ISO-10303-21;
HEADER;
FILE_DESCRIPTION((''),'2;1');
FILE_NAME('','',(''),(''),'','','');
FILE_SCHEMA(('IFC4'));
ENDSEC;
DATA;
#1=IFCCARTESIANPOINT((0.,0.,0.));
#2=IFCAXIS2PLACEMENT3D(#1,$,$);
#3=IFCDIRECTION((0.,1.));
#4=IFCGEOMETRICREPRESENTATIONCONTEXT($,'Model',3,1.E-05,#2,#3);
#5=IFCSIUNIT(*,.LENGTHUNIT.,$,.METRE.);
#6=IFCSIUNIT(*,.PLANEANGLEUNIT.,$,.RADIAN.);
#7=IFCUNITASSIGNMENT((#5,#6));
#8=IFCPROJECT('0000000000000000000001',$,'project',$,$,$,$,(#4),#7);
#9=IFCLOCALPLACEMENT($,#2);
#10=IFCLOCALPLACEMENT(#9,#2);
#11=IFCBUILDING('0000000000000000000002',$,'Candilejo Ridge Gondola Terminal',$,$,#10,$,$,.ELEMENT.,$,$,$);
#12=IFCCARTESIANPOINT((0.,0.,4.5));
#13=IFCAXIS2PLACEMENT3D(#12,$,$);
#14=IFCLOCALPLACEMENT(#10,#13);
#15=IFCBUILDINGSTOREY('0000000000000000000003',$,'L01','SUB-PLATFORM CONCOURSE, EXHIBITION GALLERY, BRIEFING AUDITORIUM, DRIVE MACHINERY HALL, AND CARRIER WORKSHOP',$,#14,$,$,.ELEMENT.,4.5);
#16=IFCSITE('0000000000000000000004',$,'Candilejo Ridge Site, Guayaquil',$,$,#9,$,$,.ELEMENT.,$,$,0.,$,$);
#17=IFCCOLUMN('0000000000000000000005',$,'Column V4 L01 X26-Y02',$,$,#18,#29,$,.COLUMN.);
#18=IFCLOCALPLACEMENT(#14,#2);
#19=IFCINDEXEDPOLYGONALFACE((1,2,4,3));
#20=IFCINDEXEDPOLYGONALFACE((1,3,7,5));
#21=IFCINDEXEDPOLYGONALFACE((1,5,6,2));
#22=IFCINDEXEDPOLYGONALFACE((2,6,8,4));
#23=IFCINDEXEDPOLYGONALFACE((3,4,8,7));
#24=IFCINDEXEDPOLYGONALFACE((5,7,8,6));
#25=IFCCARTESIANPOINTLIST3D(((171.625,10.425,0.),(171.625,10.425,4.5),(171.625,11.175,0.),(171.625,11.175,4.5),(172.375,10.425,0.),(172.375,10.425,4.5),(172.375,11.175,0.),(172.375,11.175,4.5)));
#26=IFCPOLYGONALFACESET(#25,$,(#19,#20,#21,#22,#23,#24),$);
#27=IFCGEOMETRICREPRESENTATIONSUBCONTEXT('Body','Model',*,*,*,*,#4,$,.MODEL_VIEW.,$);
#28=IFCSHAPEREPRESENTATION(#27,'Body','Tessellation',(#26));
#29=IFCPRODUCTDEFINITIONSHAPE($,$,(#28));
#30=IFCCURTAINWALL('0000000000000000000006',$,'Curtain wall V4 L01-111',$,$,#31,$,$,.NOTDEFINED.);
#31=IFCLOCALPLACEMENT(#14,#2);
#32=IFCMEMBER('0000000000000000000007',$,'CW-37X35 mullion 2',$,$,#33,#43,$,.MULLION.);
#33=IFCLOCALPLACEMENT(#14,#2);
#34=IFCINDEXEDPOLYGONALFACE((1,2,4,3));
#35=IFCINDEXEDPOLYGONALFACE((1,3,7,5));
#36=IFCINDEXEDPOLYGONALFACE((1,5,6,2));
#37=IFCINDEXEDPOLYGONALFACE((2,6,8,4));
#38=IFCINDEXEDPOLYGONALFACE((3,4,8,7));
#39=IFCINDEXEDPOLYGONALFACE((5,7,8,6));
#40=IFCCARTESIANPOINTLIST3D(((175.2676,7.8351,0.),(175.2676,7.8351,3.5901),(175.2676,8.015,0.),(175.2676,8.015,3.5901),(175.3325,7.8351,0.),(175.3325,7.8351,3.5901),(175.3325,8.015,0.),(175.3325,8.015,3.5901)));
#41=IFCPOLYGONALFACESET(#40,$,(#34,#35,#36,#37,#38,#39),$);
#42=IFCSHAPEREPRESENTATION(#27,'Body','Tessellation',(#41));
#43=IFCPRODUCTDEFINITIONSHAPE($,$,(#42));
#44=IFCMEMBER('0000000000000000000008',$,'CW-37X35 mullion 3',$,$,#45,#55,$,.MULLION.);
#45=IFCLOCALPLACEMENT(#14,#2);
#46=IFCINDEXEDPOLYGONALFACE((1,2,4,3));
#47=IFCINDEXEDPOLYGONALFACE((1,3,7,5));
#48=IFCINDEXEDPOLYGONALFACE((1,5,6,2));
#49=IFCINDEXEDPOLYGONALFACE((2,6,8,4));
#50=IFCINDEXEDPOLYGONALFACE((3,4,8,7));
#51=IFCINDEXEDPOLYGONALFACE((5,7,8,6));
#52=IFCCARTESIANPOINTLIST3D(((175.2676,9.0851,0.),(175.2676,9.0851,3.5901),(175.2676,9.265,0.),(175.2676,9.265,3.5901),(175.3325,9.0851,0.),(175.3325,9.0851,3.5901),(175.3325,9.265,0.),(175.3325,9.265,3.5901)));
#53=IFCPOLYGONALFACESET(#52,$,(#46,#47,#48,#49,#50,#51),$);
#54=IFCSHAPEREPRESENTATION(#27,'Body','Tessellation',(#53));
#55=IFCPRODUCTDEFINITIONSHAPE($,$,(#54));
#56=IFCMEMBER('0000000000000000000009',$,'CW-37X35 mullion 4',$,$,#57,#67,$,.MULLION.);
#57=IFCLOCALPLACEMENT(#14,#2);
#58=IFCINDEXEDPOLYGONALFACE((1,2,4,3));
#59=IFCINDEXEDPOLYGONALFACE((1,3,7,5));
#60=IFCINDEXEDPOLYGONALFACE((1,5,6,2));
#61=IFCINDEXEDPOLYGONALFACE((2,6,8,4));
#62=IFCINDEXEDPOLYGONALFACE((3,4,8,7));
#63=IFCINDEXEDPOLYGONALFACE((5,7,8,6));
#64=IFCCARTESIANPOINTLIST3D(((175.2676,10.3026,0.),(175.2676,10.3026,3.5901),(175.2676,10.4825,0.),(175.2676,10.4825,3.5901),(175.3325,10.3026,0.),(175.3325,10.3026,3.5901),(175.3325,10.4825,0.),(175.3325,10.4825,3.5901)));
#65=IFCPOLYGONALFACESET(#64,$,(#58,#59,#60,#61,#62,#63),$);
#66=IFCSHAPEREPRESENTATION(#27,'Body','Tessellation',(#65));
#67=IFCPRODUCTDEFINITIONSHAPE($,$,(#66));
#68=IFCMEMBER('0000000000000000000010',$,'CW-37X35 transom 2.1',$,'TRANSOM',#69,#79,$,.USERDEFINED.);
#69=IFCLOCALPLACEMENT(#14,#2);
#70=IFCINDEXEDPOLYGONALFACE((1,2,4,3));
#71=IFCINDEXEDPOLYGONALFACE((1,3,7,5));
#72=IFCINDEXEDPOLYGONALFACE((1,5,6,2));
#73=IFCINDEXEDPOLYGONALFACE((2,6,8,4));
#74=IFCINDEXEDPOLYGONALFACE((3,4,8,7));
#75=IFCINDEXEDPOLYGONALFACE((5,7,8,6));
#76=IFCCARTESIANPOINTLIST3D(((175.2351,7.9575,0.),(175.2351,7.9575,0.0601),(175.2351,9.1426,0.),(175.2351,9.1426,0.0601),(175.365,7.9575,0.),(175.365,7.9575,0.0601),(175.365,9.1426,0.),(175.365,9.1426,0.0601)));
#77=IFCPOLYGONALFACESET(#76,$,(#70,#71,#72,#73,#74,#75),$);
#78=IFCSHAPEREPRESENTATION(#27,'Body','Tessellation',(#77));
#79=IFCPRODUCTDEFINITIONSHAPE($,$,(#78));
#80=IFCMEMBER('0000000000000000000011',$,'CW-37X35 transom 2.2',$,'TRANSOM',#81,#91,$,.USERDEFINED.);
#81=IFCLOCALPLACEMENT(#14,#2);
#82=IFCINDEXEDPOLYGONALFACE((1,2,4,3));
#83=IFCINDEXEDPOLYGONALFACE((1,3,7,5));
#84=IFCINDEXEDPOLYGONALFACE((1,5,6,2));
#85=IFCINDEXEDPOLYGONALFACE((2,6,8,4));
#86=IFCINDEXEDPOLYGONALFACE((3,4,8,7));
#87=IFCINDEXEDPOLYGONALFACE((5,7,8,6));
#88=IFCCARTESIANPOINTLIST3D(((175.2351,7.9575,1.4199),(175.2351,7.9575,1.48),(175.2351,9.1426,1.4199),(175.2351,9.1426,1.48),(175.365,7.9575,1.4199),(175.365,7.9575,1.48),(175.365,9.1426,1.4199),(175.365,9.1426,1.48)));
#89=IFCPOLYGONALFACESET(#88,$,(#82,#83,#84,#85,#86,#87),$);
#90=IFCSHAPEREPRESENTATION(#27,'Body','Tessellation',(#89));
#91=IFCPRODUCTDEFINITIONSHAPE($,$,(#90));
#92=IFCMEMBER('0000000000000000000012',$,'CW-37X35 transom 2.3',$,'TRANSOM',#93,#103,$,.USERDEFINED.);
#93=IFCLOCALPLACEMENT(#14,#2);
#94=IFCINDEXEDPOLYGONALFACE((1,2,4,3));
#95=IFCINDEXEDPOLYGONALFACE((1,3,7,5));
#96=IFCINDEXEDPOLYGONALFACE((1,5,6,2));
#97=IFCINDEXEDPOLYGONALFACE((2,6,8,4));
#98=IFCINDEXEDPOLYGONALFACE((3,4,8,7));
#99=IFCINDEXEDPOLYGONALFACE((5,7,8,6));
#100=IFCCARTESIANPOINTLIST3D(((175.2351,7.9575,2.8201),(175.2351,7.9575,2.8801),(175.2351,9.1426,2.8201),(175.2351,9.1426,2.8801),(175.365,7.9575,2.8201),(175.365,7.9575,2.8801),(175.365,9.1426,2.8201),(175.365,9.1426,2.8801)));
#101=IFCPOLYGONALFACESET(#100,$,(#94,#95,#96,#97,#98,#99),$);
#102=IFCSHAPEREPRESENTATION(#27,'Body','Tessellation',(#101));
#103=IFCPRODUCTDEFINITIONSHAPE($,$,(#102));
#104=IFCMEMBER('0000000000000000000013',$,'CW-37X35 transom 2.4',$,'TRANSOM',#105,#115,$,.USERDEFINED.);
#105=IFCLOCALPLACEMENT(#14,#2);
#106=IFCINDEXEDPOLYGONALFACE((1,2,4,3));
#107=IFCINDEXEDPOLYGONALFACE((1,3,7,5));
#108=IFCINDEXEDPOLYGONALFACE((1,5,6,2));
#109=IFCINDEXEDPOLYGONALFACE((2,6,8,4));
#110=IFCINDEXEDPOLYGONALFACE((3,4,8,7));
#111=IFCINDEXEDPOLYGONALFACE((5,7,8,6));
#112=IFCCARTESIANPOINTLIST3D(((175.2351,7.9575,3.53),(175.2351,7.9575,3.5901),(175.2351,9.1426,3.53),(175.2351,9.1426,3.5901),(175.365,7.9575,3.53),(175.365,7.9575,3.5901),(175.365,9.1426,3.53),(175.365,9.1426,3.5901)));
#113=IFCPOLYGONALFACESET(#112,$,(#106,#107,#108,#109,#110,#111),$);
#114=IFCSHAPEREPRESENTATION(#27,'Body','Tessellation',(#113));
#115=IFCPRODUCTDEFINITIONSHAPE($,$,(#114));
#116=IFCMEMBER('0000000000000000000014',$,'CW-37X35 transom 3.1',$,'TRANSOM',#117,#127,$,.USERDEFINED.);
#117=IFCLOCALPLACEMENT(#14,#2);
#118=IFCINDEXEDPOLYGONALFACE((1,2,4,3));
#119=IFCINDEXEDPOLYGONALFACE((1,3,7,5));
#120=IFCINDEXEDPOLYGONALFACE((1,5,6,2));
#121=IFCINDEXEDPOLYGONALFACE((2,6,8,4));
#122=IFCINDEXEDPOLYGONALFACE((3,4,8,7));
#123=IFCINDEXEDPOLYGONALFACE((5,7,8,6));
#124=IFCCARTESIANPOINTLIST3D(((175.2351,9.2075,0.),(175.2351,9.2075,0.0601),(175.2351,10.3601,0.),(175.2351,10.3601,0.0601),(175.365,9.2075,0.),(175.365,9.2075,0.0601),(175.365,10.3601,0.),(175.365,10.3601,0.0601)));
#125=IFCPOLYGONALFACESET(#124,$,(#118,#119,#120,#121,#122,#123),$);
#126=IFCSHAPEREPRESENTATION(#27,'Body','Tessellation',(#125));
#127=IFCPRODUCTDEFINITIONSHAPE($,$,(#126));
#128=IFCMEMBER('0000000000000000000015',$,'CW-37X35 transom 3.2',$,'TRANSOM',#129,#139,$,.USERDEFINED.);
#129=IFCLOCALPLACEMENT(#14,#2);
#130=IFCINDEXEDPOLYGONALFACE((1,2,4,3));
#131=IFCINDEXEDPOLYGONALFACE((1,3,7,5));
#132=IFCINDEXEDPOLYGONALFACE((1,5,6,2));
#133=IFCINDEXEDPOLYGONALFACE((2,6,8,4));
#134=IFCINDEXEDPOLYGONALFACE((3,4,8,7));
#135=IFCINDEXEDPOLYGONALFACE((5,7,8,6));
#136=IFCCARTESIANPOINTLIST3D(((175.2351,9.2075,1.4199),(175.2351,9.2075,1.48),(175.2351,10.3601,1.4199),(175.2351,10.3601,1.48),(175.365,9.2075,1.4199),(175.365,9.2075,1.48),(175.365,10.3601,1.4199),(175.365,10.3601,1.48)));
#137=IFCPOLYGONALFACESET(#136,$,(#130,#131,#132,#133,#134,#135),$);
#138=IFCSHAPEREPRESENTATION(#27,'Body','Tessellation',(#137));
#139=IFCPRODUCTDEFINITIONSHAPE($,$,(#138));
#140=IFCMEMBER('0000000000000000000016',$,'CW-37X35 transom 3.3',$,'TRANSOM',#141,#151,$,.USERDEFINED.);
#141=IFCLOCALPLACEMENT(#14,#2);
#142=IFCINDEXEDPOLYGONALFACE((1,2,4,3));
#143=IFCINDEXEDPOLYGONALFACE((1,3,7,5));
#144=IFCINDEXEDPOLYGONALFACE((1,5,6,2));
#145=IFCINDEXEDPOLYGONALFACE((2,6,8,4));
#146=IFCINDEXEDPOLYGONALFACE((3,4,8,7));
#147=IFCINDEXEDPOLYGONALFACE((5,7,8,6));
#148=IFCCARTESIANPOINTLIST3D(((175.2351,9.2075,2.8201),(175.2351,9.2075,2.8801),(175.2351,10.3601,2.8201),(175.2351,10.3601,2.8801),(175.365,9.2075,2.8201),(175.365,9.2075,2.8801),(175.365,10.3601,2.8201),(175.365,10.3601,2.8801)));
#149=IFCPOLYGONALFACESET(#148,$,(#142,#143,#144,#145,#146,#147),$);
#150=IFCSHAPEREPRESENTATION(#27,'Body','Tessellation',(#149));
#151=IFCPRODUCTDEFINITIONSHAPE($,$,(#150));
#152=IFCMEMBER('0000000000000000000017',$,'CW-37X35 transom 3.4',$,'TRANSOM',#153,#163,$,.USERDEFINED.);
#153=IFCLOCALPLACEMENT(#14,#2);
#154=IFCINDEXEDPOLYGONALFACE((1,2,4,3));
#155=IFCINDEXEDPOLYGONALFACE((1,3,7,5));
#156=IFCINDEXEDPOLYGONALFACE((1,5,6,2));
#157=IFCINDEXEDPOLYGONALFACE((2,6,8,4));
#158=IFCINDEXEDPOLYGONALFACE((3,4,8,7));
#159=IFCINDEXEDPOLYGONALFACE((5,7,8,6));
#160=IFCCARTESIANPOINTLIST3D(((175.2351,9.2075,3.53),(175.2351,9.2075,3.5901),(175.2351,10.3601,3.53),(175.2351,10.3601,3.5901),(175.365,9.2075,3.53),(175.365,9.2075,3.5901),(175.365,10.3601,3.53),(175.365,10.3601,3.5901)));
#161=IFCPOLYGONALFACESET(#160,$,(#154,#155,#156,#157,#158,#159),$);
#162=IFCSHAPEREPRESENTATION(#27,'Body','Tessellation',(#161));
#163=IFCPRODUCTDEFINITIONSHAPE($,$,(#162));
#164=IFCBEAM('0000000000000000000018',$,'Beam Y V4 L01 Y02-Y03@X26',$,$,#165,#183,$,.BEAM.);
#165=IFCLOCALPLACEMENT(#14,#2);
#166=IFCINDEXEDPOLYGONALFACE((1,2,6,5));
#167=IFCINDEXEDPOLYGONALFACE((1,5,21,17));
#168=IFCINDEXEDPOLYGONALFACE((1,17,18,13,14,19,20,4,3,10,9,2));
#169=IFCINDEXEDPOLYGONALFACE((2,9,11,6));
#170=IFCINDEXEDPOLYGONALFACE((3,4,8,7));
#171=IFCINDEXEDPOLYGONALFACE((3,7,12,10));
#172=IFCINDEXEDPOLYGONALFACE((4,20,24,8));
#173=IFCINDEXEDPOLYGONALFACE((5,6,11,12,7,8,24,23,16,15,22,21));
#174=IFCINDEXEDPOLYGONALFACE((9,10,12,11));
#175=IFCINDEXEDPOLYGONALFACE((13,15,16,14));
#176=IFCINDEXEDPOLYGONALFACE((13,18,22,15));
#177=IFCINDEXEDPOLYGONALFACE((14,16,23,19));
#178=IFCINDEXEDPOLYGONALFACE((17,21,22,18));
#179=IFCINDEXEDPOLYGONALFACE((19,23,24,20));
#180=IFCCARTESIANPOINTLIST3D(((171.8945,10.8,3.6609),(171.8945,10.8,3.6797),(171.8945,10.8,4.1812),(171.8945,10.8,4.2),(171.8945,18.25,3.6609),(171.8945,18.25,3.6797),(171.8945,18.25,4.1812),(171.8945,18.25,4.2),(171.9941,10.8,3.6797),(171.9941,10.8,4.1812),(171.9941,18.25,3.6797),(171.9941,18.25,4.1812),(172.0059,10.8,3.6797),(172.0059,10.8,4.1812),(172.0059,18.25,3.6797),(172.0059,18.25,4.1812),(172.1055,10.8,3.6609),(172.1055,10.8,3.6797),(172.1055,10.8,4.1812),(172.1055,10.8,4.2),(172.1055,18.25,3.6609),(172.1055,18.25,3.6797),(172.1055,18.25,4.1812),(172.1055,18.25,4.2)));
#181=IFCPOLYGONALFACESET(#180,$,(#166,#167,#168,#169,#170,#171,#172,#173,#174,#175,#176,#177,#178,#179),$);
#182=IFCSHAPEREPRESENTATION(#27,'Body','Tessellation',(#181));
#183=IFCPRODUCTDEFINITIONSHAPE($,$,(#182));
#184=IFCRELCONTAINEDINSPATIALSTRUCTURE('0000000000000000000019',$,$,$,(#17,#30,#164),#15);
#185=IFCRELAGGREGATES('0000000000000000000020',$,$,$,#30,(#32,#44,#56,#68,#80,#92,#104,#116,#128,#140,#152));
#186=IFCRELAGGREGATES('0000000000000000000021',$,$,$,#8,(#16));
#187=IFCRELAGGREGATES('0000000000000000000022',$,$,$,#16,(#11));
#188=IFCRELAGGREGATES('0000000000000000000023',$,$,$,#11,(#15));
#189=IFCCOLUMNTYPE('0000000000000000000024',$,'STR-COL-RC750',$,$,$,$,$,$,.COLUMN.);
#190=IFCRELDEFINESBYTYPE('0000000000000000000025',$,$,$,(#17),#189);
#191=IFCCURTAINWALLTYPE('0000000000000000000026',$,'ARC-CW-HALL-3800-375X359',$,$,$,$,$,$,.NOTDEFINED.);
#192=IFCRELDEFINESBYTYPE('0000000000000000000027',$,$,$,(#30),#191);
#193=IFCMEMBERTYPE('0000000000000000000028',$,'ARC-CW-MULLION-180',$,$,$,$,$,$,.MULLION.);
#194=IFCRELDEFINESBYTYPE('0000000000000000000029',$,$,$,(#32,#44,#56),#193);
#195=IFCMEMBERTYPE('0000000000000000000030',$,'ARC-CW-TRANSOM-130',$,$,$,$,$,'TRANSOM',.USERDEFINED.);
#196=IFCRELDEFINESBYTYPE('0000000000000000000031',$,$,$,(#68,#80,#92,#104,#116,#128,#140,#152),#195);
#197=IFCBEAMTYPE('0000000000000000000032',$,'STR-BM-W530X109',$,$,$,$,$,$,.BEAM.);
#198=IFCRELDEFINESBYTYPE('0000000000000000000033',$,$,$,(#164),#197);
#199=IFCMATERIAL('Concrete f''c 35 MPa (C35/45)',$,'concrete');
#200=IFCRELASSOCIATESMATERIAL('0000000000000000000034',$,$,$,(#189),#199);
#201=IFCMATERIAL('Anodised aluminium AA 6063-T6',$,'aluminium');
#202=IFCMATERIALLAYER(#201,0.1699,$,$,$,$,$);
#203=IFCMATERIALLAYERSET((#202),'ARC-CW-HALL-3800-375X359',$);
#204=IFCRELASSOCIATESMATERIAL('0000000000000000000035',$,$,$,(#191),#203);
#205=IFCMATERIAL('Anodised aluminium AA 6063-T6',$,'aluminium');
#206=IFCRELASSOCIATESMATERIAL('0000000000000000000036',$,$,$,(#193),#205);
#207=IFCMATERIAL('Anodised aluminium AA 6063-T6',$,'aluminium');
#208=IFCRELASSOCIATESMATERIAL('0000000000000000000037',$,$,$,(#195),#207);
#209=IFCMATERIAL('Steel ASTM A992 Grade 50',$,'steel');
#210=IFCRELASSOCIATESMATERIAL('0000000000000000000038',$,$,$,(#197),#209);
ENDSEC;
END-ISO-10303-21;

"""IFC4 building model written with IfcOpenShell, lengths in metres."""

from ifc_helpers import new_model, si_unit, direction, frame, origin, origin_2d, place, context, subcontext, project, spatial, rectangle, i_section, extrude, material, layer, layer_set, material_profile, profile_set, type_object, element, aggregate, save


model = new_model("IFC4")

# Units and contexts
model_context = context("Model", 3, precision=1e-05, world=origin(), true_north=direction((0.0, 1.0)))
body_context = subcontext(model_context, "Body", "Model", "MODEL_VIEW")
ifc_project = project(units=[si_unit("LENGTHUNIT", "METRE"), si_unit("PLANEANGLEUNIT", "RADIAN")], contexts=[model_context])

# Site, building, storey
site_placement = place(None, origin())
site = spatial("IfcSite", under=ifc_project, at=site_placement, Name="Candilejo Ridge Site, Guayaquil", CompositionType="ELEMENT", RefElevation=0.0)
building_placement = place(site_placement, origin())
building = spatial("IfcBuilding", under=site, at=building_placement, Name="Candilejo Ridge Gondola Terminal", CompositionType="ELEMENT")
storey_placement = place(building_placement, frame((0.0, 0.0, 4.5)))
storey = spatial("IfcBuildingStorey", under=building, at=storey_placement, Name="L01", Description="SUB-PLATFORM CONCOURSE, EXHIBITION GALLERY, BRIEFING AUDITORIUM, DRIVE MACHINERY HALL, AND CARRIER WORKSHOP", CompositionType="ELEMENT", Elevation=4.5)

# Column
ifc_material_1 = material(Name="Concrete f'c 35 MPa (C35/45)", Category="concrete")
ifc_material_profile_1 = material_profile(ifc_material_1, rectangle(XDim=0.75, YDim=0.75, at=origin_2d()))
ifc_profile_set_1 = profile_set([ifc_material_profile_1], Name="Concrete f'c 35 MPa (C35/45)")
column_type = type_object("IfcColumnType", Name="STR-COL-RC750", PredefinedType="COLUMN", material=ifc_profile_set_1)
column_placement = place(storey_placement, frame((172.0, 10.8, 0.0), z_axis=(0.0, 0.0, 1.0), x_axis=(1.0, 0.0, 0.0)))
element("IfcColumn", 1, at=column_placement, inside=storey, type_object=column_type, Name="Column V4 L01 X26-Y02", PredefinedType="COLUMN", context=body_context, shape_type="SweptSolid", body=[
    extrude(rectangle(XDim=0.75, YDim=0.75, at=origin_2d()), origin(), (0.0, 0.0, 1.0), 4.5),
])

# Curtain wall, members
ifc_material_2 = material(Name="Anodised aluminium AA 6063-T6", Category="aluminium")
ifc_layer_1 = layer(ifc_material_2, 0.1699)
ifc_layer_set_1 = layer_set([ifc_layer_1], Name="ARC-CW-HALL-3800-375X359")
curtain_wall_type = type_object("IfcCurtainWallType", Name="ARC-CW-HALL-3800-375X359", PredefinedType="NOTDEFINED", material=ifc_layer_set_1)
curtain_wall_placement = place(storey_placement, origin())
curtain_wall = element("IfcCurtainWall", 2, at=curtain_wall_placement, inside=storey, type_object=curtain_wall_type, Name="Curtain wall V4 L01-111", PredefinedType="NOTDEFINED")
ifc_material_3 = material(Name="Anodised aluminium AA 6063-T6", Category="aluminium")
ifc_material_profile_2 = material_profile(ifc_material_3, rectangle(XDim=0.0649, YDim=0.1799, at=origin_2d()))
ifc_profile_set_2 = profile_set([ifc_material_profile_2], Name="Anodised aluminium AA 6063-T6")
member_type_1 = type_object("IfcMemberType", Name="ARC-CW-MULLION-180", PredefinedType="MULLION", material=ifc_profile_set_2)
member_1_placement = place(storey_placement, frame((175.3, 7.925, 0.0), z_axis=(0.0, 0.0, 1.0), x_axis=(-1.0, 0.0, 0.0)))
member_1 = element("IfcMember", 3, at=member_1_placement, type_object=member_type_1, Name="CW-37X35 mullion 2", PredefinedType="MULLION", context=body_context, shape_type="SweptSolid", body=[
    extrude(rectangle(XDim=0.0649, YDim=0.1799, at=origin_2d()), origin(), (0.0, 0.0, 1.0), 3.5901),
])
member_2_placement = place(storey_placement, frame((175.3, 9.175, 0.0), z_axis=(0.0, 0.0, 1.0), x_axis=(-1.0, 0.0, 0.0)))
member_2 = element("IfcMember", 4, at=member_2_placement, type_object=member_type_1, Name="CW-37X35 mullion 3", PredefinedType="MULLION", context=body_context, shape_type="SweptSolid", body=[
    extrude(rectangle(XDim=0.0649, YDim=0.1799, at=origin_2d()), origin(), (0.0, 0.0, 1.0), 3.5901),
])
member_3_placement = place(storey_placement, frame((175.3, 10.3926, 0.0), z_axis=(0.0, 0.0, 1.0), x_axis=(-1.0, 0.0, 0.0)))
member_3 = element("IfcMember", 5, at=member_3_placement, type_object=member_type_1, Name="CW-37X35 mullion 4", PredefinedType="MULLION", context=body_context, shape_type="SweptSolid", body=[
    extrude(rectangle(XDim=0.0649, YDim=0.1799, at=origin_2d()), origin(), (0.0, 0.0, 1.0), 3.5901),
])
ifc_material_4 = material(Name="Anodised aluminium AA 6063-T6", Category="aluminium")
ifc_material_profile_3 = material_profile(ifc_material_4, rectangle(XDim=0.1299, YDim=0.0601, at=origin_2d()))
ifc_profile_set_3 = profile_set([ifc_material_profile_3], Name="Anodised aluminium AA 6063-T6")
member_type_2 = type_object("IfcMemberType", Name="ARC-CW-TRANSOM-130", ElementType="TRANSOM", PredefinedType="USERDEFINED", material=ifc_profile_set_3)
member_4_placement = place(storey_placement, frame((175.3, 7.9575, 0.03), z_axis=(0.0, 1.0, 0.0), x_axis=(-1.0, 0.0, 0.0)))
member_4 = element("IfcMember", 6, at=member_4_placement, type_object=member_type_2, Name="CW-37X35 transom 2.1", ObjectType="TRANSOM", PredefinedType="USERDEFINED", context=body_context, shape_type="SweptSolid", body=[
    extrude(rectangle(XDim=0.1299, YDim=0.0601, at=origin_2d()), origin(), (0.0, 0.0, 1.0), 1.1851),
])
member_5_placement = place(storey_placement, frame((175.3, 7.9575, 1.45), z_axis=(0.0, 1.0, 0.0), x_axis=(-1.0, 0.0, 0.0)))
member_5 = element("IfcMember", 7, at=member_5_placement, type_object=member_type_2, Name="CW-37X35 transom 2.2", ObjectType="TRANSOM", PredefinedType="USERDEFINED", context=body_context, shape_type="SweptSolid", body=[
    extrude(rectangle(XDim=0.1299, YDim=0.0601, at=origin_2d()), origin(), (0.0, 0.0, 1.0), 1.1851),
])
member_6_placement = place(storey_placement, frame((175.3, 7.9575, 2.8501), z_axis=(0.0, 1.0, 0.0), x_axis=(-1.0, 0.0, 0.0)))
member_6 = element("IfcMember", 8, at=member_6_placement, type_object=member_type_2, Name="CW-37X35 transom 2.3", ObjectType="TRANSOM", PredefinedType="USERDEFINED", context=body_context, shape_type="SweptSolid", body=[
    extrude(rectangle(XDim=0.1299, YDim=0.0601, at=origin_2d()), origin(), (0.0, 0.0, 1.0), 1.1851),
])
member_7_placement = place(storey_placement, frame((175.3, 7.9575, 3.5601), z_axis=(0.0, 1.0, 0.0), x_axis=(-1.0, 0.0, 0.0)))
member_7 = element("IfcMember", 9, at=member_7_placement, type_object=member_type_2, Name="CW-37X35 transom 2.4", ObjectType="TRANSOM", PredefinedType="USERDEFINED", context=body_context, shape_type="SweptSolid", body=[
    extrude(rectangle(XDim=0.1299, YDim=0.0601, at=origin_2d()), origin(), (0.0, 0.0, 1.0), 1.1851),
])
member_8_placement = place(storey_placement, frame((175.3, 9.2075, 0.03), z_axis=(0.0, 1.0, 0.0), x_axis=(-1.0, 0.0, 0.0)))
member_8 = element("IfcMember", 10, at=member_8_placement, type_object=member_type_2, Name="CW-37X35 transom 3.1", ObjectType="TRANSOM", PredefinedType="USERDEFINED", context=body_context, shape_type="SweptSolid", body=[
    extrude(rectangle(XDim=0.1299, YDim=0.0601, at=origin_2d()), origin(), (0.0, 0.0, 1.0), 1.1526),
])
member_9_placement = place(storey_placement, frame((175.3, 9.2075, 1.45), z_axis=(0.0, 1.0, 0.0), x_axis=(-1.0, 0.0, 0.0)))
member_9 = element("IfcMember", 11, at=member_9_placement, type_object=member_type_2, Name="CW-37X35 transom 3.2", ObjectType="TRANSOM", PredefinedType="USERDEFINED", context=body_context, shape_type="SweptSolid", body=[
    extrude(rectangle(XDim=0.1299, YDim=0.0601, at=origin_2d()), origin(), (0.0, 0.0, 1.0), 1.1526),
])
member_10_placement = place(storey_placement, frame((175.3, 9.2075, 2.8501), z_axis=(0.0, 1.0, 0.0), x_axis=(-1.0, 0.0, 0.0)))
member_10 = element("IfcMember", 12, at=member_10_placement, type_object=member_type_2, Name="CW-37X35 transom 3.3", ObjectType="TRANSOM", PredefinedType="USERDEFINED", context=body_context, shape_type="SweptSolid", body=[
    extrude(rectangle(XDim=0.1299, YDim=0.0601, at=origin_2d()), origin(), (0.0, 0.0, 1.0), 1.1526),
])
member_11_placement = place(storey_placement, frame((175.3, 9.2075, 3.5601), z_axis=(0.0, 1.0, 0.0), x_axis=(-1.0, 0.0, 0.0)))
member_11 = element("IfcMember", 13, at=member_11_placement, type_object=member_type_2, Name="CW-37X35 transom 3.4", ObjectType="TRANSOM", PredefinedType="USERDEFINED", context=body_context, shape_type="SweptSolid", body=[
    extrude(rectangle(XDim=0.1299, YDim=0.0601, at=origin_2d()), origin(), (0.0, 0.0, 1.0), 1.1526),
])

# Beam
ifc_material_5 = material(Name="Steel ASTM A992 Grade 50", Category="steel")
ifc_material_profile_4 = material_profile(ifc_material_5, i_section(OverallWidth=0.2109, OverallDepth=0.5391, WebThickness=0.0117, FlangeThickness=0.0188, at=origin_2d()))
ifc_profile_set_4 = profile_set([ifc_material_profile_4], Name="Steel ASTM A992 Grade 50")
beam_type_1 = type_object("IfcBeamType", Name="STR-BM-W530X109", PredefinedType="BEAM", material=ifc_profile_set_4)
beam_1_placement = place(storey_placement, frame((172.0, 10.8, 3.9304), z_axis=(0.0, 1.0, 0.0), x_axis=(-1.0, 0.0, 0.0)))
element("IfcBeam", 14, at=beam_1_placement, inside=storey, type_object=beam_type_1, Name="Beam Y V4 L01 Y02-Y03@X26", PredefinedType="BEAM", context=body_context, shape_type="SweptSolid", body=[
    extrude(i_section(OverallWidth=0.2109, OverallDepth=0.5391, WebThickness=0.0117, FlangeThickness=0.0188, at=origin_2d()), origin(), (0.0, 0.0, 1.0), 7.45),
])

aggregate(curtain_wall, [member_1, member_2, member_3, member_4, member_5, member_6, member_7, member_8, member_9, member_10, member_11])

save(model, "model.ifc")
